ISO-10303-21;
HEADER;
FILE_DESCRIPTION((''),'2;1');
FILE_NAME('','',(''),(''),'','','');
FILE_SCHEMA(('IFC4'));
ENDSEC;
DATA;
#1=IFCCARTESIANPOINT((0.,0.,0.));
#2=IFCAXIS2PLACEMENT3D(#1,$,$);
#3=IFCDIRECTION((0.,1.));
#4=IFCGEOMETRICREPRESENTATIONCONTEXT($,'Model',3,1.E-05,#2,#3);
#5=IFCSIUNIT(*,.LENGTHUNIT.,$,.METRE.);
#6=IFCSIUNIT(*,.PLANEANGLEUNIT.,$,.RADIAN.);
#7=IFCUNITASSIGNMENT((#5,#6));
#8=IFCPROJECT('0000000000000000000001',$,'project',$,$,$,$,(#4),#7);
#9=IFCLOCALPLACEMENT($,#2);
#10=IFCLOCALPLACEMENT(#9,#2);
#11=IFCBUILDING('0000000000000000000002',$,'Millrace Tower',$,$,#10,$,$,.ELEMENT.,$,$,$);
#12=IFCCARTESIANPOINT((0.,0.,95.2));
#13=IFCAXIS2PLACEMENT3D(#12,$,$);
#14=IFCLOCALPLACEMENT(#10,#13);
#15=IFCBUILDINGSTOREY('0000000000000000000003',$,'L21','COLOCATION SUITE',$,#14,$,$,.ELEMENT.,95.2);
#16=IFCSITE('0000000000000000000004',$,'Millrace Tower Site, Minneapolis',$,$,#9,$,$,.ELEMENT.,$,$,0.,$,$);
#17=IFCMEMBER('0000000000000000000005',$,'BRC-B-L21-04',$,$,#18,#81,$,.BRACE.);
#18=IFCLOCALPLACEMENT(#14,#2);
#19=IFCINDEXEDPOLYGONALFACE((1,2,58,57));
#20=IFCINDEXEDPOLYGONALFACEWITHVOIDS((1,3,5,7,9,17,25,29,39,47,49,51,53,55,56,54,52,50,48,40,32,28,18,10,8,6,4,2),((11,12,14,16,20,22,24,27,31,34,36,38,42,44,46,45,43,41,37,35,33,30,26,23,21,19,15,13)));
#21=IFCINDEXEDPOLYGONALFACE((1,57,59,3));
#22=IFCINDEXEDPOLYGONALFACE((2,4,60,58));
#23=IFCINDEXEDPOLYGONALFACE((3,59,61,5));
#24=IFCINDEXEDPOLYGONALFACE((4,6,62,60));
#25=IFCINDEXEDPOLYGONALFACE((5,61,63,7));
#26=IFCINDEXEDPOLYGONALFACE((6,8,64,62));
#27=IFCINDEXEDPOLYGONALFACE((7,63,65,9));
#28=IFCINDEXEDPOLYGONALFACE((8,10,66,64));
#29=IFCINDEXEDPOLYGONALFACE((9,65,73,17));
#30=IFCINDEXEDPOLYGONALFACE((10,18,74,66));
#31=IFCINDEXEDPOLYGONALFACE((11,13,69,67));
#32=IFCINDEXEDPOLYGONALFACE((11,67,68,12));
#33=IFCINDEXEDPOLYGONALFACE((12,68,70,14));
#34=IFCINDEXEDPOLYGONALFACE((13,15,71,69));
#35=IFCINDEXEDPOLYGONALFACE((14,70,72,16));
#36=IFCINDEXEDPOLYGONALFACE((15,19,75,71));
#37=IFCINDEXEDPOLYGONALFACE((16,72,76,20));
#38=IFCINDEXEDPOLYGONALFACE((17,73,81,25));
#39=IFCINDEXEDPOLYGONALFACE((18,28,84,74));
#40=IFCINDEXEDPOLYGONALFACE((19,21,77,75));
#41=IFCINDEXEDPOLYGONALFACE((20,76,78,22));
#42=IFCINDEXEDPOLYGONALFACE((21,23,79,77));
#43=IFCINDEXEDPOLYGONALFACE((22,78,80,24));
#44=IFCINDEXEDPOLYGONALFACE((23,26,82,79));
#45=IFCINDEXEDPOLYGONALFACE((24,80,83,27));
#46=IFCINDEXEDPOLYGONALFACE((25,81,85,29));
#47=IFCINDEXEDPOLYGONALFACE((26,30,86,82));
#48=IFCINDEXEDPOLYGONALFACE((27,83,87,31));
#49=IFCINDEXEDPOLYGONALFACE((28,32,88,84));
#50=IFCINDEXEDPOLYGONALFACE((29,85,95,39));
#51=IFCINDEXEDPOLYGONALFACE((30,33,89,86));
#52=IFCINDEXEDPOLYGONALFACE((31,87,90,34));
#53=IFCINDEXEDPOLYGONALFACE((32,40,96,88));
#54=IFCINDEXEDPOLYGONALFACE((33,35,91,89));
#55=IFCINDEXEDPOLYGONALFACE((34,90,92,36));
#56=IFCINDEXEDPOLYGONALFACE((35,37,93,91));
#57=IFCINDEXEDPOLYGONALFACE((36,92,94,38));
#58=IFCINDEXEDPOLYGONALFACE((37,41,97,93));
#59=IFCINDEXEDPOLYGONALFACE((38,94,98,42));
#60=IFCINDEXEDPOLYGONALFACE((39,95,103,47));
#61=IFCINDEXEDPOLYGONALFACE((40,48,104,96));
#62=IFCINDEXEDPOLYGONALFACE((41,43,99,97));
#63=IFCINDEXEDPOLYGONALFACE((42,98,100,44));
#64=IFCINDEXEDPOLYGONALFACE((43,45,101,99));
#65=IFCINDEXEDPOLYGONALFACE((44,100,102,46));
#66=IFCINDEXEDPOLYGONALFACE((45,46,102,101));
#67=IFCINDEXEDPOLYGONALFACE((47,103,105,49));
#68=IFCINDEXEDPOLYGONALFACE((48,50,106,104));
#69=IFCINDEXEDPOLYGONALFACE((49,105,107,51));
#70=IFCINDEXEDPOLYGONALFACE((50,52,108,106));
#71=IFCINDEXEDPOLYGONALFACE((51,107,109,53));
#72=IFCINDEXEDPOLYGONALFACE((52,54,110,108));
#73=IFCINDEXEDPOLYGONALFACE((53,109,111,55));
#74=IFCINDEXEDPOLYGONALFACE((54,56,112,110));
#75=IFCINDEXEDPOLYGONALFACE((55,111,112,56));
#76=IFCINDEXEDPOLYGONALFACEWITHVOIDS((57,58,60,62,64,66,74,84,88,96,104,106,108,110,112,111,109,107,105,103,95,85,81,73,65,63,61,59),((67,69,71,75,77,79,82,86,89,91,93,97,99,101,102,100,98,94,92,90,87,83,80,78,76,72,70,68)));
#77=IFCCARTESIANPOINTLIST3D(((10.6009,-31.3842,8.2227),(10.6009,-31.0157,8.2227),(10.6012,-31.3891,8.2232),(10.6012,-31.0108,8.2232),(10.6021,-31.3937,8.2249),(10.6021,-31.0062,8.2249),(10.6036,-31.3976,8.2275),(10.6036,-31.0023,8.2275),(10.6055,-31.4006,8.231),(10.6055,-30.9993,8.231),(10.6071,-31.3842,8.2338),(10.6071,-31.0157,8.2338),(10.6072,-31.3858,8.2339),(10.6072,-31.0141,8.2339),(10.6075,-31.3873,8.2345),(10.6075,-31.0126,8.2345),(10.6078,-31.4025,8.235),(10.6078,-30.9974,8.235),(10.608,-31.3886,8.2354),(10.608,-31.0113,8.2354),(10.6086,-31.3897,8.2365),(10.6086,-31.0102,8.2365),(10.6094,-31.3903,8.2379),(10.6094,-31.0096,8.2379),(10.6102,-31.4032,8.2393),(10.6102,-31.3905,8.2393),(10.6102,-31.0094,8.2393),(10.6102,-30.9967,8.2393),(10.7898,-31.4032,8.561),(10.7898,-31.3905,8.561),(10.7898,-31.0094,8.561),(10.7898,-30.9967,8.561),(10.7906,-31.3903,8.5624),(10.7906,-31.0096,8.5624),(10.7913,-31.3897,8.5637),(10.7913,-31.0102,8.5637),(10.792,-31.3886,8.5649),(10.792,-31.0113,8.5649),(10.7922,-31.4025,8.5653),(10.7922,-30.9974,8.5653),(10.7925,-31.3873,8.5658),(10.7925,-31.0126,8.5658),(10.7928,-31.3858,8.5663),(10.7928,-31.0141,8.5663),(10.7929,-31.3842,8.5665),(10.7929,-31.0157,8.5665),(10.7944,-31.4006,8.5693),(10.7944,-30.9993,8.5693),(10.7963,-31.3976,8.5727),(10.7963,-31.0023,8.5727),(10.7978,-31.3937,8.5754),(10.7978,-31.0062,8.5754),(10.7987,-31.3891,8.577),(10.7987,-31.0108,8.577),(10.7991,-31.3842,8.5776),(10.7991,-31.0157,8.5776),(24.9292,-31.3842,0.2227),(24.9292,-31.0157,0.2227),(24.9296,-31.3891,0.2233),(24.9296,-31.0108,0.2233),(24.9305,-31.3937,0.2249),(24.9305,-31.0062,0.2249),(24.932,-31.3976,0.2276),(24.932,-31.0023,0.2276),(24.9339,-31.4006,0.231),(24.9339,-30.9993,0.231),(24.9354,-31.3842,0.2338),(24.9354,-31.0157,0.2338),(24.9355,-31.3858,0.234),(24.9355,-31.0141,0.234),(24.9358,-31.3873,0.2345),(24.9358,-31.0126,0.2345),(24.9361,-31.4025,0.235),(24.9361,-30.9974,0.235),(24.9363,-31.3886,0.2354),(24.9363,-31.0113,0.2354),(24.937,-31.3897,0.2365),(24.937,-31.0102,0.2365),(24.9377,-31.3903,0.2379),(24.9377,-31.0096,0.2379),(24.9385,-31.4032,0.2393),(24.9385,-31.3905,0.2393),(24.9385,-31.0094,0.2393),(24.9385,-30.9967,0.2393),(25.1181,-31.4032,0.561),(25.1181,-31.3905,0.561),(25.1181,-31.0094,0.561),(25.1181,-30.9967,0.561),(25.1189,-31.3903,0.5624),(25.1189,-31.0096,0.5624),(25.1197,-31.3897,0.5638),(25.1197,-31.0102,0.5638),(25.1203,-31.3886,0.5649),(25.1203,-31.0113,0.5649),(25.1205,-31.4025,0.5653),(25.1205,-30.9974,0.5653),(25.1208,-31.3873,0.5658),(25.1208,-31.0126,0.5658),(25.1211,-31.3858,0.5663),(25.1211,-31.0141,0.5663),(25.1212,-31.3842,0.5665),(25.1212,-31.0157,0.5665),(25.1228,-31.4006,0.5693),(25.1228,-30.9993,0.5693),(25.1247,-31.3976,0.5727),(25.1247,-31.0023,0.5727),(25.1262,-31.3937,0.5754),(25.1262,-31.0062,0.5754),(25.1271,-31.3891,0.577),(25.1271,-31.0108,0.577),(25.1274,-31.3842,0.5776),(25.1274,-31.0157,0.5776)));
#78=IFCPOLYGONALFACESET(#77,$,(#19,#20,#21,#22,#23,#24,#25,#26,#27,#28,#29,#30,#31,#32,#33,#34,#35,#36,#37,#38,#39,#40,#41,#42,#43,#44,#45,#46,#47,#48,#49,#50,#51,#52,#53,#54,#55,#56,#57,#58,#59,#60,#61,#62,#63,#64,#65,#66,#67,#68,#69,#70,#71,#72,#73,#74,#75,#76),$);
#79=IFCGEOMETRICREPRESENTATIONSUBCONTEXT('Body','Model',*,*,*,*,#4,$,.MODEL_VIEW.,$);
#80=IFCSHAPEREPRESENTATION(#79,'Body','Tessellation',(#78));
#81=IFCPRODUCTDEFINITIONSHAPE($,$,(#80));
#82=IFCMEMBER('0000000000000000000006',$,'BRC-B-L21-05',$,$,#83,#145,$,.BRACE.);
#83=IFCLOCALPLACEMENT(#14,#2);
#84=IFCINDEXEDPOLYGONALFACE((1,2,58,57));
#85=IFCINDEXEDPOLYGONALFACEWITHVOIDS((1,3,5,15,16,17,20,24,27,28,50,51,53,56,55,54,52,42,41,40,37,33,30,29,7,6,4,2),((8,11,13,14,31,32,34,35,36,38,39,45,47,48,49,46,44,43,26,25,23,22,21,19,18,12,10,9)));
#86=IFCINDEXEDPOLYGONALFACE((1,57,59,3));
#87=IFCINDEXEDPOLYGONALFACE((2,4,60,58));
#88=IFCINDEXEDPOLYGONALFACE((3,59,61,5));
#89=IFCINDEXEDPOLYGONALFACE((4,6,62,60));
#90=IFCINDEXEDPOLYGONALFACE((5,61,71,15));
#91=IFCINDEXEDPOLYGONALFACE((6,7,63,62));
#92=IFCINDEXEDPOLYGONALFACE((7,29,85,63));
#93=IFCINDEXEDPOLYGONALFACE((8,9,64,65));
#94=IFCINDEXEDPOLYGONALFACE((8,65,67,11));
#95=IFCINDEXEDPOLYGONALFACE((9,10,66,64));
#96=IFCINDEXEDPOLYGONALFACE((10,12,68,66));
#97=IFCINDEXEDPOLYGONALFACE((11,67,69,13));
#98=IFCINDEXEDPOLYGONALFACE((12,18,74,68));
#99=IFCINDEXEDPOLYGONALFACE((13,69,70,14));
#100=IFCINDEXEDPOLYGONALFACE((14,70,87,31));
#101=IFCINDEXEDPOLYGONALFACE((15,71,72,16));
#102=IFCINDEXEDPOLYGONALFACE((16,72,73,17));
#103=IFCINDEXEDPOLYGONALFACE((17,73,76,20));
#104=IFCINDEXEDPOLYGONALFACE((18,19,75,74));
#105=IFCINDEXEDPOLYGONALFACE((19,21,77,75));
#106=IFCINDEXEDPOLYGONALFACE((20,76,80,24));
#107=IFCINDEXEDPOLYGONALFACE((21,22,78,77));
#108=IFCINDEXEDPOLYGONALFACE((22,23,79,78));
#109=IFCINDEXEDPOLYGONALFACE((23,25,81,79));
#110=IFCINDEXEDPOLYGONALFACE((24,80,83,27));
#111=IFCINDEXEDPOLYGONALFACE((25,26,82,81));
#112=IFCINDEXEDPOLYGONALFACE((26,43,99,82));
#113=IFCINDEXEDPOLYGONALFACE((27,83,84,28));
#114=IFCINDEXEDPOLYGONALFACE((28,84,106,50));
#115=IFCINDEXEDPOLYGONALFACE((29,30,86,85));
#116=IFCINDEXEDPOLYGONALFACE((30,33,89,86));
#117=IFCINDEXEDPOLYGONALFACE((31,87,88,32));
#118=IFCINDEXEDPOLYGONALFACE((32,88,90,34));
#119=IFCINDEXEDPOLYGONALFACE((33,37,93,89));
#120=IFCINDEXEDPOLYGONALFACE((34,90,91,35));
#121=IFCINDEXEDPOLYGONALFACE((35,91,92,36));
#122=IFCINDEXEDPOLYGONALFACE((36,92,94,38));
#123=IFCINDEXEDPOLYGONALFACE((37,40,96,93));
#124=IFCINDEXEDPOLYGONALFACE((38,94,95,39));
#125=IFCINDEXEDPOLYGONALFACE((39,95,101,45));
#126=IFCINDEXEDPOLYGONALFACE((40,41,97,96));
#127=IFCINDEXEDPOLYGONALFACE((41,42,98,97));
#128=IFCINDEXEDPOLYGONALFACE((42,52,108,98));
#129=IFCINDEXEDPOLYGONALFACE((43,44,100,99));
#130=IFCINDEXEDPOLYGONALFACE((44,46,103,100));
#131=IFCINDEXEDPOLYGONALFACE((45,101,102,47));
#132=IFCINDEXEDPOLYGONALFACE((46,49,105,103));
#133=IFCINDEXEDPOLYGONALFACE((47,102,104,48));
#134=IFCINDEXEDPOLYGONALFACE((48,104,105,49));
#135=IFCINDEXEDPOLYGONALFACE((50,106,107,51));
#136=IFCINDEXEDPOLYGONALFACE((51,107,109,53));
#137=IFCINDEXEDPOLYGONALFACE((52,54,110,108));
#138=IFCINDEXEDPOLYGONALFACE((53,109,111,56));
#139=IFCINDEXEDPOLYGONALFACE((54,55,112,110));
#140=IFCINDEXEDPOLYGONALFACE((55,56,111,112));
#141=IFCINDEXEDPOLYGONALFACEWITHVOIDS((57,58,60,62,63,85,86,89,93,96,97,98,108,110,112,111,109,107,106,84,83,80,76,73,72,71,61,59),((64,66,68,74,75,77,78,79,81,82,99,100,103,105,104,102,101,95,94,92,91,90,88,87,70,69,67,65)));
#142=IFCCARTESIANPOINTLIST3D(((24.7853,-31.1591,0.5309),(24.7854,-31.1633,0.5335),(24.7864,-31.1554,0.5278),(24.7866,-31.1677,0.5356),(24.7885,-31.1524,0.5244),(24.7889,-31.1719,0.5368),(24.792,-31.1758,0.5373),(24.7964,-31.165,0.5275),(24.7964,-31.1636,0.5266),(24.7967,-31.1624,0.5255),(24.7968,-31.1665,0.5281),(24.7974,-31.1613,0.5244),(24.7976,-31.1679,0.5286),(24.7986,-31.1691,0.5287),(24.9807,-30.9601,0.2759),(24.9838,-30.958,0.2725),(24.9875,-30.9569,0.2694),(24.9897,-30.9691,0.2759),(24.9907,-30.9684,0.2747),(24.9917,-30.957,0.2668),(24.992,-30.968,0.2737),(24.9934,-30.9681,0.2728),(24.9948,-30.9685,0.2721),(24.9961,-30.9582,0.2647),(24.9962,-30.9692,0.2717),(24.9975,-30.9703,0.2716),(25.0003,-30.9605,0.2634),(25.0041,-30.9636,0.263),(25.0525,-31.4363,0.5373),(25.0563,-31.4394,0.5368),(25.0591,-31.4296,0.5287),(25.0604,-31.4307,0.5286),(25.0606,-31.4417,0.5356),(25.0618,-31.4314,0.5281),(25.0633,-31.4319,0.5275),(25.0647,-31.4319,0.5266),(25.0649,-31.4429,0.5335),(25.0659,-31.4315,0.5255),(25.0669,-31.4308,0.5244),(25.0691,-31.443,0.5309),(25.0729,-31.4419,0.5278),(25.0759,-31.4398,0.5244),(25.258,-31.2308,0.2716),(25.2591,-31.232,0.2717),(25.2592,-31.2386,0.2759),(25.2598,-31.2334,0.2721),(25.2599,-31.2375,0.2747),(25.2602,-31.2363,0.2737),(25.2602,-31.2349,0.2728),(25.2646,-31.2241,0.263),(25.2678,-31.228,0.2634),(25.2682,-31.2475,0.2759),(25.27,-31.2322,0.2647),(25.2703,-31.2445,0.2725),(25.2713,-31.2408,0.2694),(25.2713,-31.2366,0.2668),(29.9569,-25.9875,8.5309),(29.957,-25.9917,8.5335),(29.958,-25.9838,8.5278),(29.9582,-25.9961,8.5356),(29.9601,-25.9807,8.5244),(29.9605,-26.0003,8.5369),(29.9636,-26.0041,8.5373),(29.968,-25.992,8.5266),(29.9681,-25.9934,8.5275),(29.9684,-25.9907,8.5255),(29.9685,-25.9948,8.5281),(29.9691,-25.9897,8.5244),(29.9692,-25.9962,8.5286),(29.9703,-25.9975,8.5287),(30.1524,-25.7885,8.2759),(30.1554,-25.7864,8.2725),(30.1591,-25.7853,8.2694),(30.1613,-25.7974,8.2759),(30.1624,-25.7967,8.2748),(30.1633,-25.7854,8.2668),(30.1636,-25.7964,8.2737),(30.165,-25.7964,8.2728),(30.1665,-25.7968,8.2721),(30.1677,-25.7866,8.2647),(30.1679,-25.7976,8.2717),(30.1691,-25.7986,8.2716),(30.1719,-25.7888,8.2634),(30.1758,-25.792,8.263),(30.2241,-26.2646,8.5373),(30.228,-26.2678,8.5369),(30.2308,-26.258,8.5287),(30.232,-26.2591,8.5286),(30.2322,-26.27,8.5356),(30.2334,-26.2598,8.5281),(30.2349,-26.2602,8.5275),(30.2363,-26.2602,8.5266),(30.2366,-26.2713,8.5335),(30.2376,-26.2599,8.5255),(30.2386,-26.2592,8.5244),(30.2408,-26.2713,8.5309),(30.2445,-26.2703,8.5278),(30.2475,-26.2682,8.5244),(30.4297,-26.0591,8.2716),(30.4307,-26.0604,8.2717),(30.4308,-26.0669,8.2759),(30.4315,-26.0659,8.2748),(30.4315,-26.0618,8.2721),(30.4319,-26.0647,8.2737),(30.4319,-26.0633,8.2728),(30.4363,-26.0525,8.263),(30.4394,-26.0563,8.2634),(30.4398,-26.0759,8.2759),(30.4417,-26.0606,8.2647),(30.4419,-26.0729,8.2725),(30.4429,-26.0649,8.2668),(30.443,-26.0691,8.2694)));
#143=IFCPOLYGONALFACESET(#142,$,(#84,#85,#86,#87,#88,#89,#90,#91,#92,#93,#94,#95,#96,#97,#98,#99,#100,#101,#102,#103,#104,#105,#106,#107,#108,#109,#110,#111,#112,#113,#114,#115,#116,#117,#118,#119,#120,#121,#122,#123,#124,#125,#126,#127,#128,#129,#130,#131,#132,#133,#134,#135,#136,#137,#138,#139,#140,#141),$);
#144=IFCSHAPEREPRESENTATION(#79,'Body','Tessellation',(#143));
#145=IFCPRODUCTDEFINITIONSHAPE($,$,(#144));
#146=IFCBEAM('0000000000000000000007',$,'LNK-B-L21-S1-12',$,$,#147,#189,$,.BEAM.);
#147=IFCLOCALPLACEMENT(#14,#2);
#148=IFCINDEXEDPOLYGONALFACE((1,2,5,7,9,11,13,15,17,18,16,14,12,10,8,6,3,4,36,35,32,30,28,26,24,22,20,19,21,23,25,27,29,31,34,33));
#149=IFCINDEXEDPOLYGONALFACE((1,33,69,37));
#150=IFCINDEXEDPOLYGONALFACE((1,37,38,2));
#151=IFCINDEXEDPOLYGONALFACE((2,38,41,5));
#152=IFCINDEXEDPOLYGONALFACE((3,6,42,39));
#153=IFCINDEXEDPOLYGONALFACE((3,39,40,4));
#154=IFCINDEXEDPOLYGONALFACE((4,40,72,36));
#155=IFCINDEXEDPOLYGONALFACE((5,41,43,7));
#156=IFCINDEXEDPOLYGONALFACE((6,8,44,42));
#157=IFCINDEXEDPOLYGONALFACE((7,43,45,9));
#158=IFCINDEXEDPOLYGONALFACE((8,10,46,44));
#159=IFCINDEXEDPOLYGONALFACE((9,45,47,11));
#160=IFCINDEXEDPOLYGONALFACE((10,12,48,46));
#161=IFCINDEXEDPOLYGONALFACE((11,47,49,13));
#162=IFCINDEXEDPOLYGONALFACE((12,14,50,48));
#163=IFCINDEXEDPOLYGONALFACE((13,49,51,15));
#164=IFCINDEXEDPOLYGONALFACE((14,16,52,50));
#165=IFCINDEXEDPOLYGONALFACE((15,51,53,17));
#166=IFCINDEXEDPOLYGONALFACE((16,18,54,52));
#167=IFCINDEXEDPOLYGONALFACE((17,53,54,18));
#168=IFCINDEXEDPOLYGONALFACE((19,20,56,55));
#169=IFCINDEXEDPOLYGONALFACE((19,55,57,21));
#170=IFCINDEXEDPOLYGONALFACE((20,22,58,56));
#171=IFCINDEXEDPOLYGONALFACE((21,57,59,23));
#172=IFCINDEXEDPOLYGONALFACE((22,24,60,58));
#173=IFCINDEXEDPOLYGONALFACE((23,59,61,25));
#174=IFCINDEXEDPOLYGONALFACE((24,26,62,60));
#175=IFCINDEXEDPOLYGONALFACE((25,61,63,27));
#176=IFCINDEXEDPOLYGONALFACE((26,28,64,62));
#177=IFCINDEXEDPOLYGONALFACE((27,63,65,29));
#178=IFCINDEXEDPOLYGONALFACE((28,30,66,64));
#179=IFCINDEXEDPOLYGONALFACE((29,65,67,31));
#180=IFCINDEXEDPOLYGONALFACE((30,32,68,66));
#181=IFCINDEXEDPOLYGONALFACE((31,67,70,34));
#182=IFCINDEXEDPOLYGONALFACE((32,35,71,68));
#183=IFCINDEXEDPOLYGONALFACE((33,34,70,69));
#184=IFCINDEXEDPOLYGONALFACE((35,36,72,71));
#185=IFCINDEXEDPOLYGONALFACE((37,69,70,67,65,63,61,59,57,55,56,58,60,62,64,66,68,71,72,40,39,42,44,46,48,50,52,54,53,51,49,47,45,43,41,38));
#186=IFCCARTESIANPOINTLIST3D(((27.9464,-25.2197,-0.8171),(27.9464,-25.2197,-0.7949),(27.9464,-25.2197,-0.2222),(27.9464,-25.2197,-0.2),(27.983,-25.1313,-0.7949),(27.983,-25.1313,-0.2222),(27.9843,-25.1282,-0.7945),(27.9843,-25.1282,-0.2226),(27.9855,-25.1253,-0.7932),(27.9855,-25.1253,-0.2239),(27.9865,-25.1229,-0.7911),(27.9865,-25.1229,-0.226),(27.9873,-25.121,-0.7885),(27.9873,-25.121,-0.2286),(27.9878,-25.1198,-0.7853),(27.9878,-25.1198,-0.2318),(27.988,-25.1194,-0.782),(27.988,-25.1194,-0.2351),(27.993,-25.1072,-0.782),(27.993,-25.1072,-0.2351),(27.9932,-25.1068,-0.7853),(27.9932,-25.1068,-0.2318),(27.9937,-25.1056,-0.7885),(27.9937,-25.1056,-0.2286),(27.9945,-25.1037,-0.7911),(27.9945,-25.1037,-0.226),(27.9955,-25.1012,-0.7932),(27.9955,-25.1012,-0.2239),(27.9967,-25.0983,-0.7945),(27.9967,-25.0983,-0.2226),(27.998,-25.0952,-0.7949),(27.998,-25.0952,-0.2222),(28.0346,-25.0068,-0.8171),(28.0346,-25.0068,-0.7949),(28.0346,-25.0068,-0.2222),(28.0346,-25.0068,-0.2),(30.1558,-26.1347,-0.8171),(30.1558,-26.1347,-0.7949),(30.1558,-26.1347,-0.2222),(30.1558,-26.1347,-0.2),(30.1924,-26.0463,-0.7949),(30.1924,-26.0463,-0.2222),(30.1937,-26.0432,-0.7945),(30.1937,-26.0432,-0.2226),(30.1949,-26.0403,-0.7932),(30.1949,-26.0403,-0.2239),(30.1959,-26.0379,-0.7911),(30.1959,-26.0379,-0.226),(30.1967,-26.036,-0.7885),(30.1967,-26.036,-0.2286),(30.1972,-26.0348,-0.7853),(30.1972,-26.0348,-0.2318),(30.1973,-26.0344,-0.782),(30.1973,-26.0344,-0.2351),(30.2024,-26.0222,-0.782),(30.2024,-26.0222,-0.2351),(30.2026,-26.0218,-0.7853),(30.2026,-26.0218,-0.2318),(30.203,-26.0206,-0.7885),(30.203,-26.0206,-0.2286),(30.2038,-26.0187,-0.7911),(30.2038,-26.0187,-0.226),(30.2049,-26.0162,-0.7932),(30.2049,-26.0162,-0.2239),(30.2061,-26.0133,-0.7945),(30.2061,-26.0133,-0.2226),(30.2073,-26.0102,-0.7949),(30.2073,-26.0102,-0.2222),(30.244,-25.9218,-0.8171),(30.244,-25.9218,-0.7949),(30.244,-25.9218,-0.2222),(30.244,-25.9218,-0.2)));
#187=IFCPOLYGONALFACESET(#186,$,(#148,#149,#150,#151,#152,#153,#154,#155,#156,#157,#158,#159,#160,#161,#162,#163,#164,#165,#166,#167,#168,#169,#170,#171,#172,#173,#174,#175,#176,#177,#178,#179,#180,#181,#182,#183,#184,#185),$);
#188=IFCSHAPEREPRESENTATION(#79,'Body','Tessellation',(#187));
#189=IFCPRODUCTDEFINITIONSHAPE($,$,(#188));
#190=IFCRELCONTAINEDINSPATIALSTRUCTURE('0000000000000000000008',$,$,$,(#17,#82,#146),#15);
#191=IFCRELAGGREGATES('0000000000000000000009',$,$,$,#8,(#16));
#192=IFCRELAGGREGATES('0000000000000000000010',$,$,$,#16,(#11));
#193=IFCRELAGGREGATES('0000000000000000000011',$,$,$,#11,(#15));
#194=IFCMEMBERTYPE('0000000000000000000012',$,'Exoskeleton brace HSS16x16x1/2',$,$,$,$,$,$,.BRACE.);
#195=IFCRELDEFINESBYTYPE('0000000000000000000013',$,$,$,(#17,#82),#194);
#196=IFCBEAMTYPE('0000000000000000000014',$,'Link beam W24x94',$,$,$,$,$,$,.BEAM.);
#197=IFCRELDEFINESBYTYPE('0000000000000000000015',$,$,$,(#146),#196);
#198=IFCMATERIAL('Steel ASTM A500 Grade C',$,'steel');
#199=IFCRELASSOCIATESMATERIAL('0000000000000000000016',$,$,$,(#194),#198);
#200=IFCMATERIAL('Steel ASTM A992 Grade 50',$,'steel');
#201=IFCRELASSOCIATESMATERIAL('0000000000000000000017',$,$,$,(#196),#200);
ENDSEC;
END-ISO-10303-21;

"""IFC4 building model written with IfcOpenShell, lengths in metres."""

from ifc_helpers import new_model, si_unit, direction, frame, origin, origin_2d, place, context, subcontext, project, spatial, hollow_rectangle, i_section, extrude, material, material_profile, profile_set, type_object, element, save


model = new_model("IFC4")

# Units and contexts
model_context = context("Model", 3, precision=1e-05, world=origin(), true_north=direction((0.0, 1.0)))
body_context = subcontext(model_context, "Body", "Model", "MODEL_VIEW")
ifc_project = project(units=[si_unit("LENGTHUNIT", "METRE"), si_unit("PLANEANGLEUNIT", "RADIAN")], contexts=[model_context])

# Site, building, storey
site_placement = place(None, origin())
site = spatial("IfcSite", under=ifc_project, at=site_placement, Name="Millrace Tower Site, Minneapolis", CompositionType="ELEMENT", RefElevation=0.0)
building_placement = place(site_placement, origin())
building = spatial("IfcBuilding", under=site, at=building_placement, Name="Millrace Tower", CompositionType="ELEMENT")
storey_placement = place(building_placement, frame((0.0, 0.0, 95.2)))
storey = spatial("IfcBuildingStorey", under=building, at=storey_placement, Name="L21", Description="COLOCATION SUITE", CompositionType="ELEMENT", Elevation=95.2)

# Members
ifc_material_1 = material(Name="Steel ASTM A500 Grade C", Category="steel")
ifc_material_profile_1 = material_profile(ifc_material_1, hollow_rectangle(XDim=0.4065, YDim=0.4065, WallThickness=0.0127, InnerFilletRadius=0.0063, OuterFilletRadius=0.019, at=origin_2d()))
ifc_profile_set_1 = profile_set([ifc_material_profile_1], Name="Steel ASTM A500 Grade C")
member_type_1 = type_object("IfcMemberType", Name="Exoskeleton brace HSS16x16x1/2", PredefinedType="BRACE", material=ifc_profile_set_1)
member_1_placement = place(storey_placement, frame((25.0283, -31.2, 0.4001), z_axis=(-0.873126, 0.0, 0.487495), x_axis=(0.0, -1.0, 0.0)))
element("IfcMember", 1, at=member_1_placement, inside=storey, type_object=member_type_1, Name="BRC-B-L21-04", PredefinedType="BRACE", context=body_context, shape_type="SweptSolid", body=[
    extrude(hollow_rectangle(XDim=0.4065, YDim=0.4065, WallThickness=0.0127, InnerFilletRadius=0.0063, OuterFilletRadius=0.019, at=origin_2d()), origin(), (0.0, 0.0, 1.0), 16.4104),
])
member_2_placement = place(storey_placement, frame((25.0283, -31.2, 0.4001), z_axis=(0.477116, 0.477116, 0.738052), x_axis=(-0.707107, 0.707107, 0.0)))
element("IfcMember", 2, at=member_2_placement, inside=storey, type_object=member_type_1, Name="BRC-B-L21-05", PredefinedType="BRACE", context=body_context, shape_type="SweptSolid", body=[
    extrude(hollow_rectangle(XDim=0.4065, YDim=0.4065, WallThickness=0.0127, InnerFilletRadius=0.0063, OuterFilletRadius=0.019, at=origin_2d()), origin(), (0.0, 0.0, 1.0), 10.8394),
])

# Beam
ifc_material_2 = material(Name="Steel ASTM A992 Grade 50", Category="steel")
ifc_material_profile_2 = material_profile(ifc_material_2, i_section(OverallWidth=0.2305, OverallDepth=0.6172, WebThickness=0.0132, FlangeThickness=0.0222, FilletRadius=0.0129, at=origin_2d()))
ifc_profile_set_2 = profile_set([ifc_material_profile_2], Name="Steel ASTM A992 Grade 50")
beam_type_1 = type_object("IfcBeamType", Name="Link beam W24x94", PredefinedType="BEAM", material=ifc_profile_set_2)
for number, where, z_axis, x_axis, name in (
    (3, (27.9905, -25.1133, -0.5085), (0.923902, -0.382628, 0.0), (0.382628, 0.923902, 0.0), "LNK-B-L21-S1-12"),
):
    element("IfcBeam", number, at=place(storey_placement, frame(where, z_axis=z_axis, x_axis=x_axis)), inside=storey, type_object=beam_type_1, Name=name, PredefinedType="BEAM", context=body_context, shape_type="SweptSolid", body=[
        extrude(i_section(OverallWidth=0.2305, OverallDepth=0.6172, WebThickness=0.0132, FlangeThickness=0.0222, FilletRadius=0.0129, at=origin_2d()), origin(), (0.0, 0.0, 1.0), 2.3914),
    ])

save(model, "model.ifc")
